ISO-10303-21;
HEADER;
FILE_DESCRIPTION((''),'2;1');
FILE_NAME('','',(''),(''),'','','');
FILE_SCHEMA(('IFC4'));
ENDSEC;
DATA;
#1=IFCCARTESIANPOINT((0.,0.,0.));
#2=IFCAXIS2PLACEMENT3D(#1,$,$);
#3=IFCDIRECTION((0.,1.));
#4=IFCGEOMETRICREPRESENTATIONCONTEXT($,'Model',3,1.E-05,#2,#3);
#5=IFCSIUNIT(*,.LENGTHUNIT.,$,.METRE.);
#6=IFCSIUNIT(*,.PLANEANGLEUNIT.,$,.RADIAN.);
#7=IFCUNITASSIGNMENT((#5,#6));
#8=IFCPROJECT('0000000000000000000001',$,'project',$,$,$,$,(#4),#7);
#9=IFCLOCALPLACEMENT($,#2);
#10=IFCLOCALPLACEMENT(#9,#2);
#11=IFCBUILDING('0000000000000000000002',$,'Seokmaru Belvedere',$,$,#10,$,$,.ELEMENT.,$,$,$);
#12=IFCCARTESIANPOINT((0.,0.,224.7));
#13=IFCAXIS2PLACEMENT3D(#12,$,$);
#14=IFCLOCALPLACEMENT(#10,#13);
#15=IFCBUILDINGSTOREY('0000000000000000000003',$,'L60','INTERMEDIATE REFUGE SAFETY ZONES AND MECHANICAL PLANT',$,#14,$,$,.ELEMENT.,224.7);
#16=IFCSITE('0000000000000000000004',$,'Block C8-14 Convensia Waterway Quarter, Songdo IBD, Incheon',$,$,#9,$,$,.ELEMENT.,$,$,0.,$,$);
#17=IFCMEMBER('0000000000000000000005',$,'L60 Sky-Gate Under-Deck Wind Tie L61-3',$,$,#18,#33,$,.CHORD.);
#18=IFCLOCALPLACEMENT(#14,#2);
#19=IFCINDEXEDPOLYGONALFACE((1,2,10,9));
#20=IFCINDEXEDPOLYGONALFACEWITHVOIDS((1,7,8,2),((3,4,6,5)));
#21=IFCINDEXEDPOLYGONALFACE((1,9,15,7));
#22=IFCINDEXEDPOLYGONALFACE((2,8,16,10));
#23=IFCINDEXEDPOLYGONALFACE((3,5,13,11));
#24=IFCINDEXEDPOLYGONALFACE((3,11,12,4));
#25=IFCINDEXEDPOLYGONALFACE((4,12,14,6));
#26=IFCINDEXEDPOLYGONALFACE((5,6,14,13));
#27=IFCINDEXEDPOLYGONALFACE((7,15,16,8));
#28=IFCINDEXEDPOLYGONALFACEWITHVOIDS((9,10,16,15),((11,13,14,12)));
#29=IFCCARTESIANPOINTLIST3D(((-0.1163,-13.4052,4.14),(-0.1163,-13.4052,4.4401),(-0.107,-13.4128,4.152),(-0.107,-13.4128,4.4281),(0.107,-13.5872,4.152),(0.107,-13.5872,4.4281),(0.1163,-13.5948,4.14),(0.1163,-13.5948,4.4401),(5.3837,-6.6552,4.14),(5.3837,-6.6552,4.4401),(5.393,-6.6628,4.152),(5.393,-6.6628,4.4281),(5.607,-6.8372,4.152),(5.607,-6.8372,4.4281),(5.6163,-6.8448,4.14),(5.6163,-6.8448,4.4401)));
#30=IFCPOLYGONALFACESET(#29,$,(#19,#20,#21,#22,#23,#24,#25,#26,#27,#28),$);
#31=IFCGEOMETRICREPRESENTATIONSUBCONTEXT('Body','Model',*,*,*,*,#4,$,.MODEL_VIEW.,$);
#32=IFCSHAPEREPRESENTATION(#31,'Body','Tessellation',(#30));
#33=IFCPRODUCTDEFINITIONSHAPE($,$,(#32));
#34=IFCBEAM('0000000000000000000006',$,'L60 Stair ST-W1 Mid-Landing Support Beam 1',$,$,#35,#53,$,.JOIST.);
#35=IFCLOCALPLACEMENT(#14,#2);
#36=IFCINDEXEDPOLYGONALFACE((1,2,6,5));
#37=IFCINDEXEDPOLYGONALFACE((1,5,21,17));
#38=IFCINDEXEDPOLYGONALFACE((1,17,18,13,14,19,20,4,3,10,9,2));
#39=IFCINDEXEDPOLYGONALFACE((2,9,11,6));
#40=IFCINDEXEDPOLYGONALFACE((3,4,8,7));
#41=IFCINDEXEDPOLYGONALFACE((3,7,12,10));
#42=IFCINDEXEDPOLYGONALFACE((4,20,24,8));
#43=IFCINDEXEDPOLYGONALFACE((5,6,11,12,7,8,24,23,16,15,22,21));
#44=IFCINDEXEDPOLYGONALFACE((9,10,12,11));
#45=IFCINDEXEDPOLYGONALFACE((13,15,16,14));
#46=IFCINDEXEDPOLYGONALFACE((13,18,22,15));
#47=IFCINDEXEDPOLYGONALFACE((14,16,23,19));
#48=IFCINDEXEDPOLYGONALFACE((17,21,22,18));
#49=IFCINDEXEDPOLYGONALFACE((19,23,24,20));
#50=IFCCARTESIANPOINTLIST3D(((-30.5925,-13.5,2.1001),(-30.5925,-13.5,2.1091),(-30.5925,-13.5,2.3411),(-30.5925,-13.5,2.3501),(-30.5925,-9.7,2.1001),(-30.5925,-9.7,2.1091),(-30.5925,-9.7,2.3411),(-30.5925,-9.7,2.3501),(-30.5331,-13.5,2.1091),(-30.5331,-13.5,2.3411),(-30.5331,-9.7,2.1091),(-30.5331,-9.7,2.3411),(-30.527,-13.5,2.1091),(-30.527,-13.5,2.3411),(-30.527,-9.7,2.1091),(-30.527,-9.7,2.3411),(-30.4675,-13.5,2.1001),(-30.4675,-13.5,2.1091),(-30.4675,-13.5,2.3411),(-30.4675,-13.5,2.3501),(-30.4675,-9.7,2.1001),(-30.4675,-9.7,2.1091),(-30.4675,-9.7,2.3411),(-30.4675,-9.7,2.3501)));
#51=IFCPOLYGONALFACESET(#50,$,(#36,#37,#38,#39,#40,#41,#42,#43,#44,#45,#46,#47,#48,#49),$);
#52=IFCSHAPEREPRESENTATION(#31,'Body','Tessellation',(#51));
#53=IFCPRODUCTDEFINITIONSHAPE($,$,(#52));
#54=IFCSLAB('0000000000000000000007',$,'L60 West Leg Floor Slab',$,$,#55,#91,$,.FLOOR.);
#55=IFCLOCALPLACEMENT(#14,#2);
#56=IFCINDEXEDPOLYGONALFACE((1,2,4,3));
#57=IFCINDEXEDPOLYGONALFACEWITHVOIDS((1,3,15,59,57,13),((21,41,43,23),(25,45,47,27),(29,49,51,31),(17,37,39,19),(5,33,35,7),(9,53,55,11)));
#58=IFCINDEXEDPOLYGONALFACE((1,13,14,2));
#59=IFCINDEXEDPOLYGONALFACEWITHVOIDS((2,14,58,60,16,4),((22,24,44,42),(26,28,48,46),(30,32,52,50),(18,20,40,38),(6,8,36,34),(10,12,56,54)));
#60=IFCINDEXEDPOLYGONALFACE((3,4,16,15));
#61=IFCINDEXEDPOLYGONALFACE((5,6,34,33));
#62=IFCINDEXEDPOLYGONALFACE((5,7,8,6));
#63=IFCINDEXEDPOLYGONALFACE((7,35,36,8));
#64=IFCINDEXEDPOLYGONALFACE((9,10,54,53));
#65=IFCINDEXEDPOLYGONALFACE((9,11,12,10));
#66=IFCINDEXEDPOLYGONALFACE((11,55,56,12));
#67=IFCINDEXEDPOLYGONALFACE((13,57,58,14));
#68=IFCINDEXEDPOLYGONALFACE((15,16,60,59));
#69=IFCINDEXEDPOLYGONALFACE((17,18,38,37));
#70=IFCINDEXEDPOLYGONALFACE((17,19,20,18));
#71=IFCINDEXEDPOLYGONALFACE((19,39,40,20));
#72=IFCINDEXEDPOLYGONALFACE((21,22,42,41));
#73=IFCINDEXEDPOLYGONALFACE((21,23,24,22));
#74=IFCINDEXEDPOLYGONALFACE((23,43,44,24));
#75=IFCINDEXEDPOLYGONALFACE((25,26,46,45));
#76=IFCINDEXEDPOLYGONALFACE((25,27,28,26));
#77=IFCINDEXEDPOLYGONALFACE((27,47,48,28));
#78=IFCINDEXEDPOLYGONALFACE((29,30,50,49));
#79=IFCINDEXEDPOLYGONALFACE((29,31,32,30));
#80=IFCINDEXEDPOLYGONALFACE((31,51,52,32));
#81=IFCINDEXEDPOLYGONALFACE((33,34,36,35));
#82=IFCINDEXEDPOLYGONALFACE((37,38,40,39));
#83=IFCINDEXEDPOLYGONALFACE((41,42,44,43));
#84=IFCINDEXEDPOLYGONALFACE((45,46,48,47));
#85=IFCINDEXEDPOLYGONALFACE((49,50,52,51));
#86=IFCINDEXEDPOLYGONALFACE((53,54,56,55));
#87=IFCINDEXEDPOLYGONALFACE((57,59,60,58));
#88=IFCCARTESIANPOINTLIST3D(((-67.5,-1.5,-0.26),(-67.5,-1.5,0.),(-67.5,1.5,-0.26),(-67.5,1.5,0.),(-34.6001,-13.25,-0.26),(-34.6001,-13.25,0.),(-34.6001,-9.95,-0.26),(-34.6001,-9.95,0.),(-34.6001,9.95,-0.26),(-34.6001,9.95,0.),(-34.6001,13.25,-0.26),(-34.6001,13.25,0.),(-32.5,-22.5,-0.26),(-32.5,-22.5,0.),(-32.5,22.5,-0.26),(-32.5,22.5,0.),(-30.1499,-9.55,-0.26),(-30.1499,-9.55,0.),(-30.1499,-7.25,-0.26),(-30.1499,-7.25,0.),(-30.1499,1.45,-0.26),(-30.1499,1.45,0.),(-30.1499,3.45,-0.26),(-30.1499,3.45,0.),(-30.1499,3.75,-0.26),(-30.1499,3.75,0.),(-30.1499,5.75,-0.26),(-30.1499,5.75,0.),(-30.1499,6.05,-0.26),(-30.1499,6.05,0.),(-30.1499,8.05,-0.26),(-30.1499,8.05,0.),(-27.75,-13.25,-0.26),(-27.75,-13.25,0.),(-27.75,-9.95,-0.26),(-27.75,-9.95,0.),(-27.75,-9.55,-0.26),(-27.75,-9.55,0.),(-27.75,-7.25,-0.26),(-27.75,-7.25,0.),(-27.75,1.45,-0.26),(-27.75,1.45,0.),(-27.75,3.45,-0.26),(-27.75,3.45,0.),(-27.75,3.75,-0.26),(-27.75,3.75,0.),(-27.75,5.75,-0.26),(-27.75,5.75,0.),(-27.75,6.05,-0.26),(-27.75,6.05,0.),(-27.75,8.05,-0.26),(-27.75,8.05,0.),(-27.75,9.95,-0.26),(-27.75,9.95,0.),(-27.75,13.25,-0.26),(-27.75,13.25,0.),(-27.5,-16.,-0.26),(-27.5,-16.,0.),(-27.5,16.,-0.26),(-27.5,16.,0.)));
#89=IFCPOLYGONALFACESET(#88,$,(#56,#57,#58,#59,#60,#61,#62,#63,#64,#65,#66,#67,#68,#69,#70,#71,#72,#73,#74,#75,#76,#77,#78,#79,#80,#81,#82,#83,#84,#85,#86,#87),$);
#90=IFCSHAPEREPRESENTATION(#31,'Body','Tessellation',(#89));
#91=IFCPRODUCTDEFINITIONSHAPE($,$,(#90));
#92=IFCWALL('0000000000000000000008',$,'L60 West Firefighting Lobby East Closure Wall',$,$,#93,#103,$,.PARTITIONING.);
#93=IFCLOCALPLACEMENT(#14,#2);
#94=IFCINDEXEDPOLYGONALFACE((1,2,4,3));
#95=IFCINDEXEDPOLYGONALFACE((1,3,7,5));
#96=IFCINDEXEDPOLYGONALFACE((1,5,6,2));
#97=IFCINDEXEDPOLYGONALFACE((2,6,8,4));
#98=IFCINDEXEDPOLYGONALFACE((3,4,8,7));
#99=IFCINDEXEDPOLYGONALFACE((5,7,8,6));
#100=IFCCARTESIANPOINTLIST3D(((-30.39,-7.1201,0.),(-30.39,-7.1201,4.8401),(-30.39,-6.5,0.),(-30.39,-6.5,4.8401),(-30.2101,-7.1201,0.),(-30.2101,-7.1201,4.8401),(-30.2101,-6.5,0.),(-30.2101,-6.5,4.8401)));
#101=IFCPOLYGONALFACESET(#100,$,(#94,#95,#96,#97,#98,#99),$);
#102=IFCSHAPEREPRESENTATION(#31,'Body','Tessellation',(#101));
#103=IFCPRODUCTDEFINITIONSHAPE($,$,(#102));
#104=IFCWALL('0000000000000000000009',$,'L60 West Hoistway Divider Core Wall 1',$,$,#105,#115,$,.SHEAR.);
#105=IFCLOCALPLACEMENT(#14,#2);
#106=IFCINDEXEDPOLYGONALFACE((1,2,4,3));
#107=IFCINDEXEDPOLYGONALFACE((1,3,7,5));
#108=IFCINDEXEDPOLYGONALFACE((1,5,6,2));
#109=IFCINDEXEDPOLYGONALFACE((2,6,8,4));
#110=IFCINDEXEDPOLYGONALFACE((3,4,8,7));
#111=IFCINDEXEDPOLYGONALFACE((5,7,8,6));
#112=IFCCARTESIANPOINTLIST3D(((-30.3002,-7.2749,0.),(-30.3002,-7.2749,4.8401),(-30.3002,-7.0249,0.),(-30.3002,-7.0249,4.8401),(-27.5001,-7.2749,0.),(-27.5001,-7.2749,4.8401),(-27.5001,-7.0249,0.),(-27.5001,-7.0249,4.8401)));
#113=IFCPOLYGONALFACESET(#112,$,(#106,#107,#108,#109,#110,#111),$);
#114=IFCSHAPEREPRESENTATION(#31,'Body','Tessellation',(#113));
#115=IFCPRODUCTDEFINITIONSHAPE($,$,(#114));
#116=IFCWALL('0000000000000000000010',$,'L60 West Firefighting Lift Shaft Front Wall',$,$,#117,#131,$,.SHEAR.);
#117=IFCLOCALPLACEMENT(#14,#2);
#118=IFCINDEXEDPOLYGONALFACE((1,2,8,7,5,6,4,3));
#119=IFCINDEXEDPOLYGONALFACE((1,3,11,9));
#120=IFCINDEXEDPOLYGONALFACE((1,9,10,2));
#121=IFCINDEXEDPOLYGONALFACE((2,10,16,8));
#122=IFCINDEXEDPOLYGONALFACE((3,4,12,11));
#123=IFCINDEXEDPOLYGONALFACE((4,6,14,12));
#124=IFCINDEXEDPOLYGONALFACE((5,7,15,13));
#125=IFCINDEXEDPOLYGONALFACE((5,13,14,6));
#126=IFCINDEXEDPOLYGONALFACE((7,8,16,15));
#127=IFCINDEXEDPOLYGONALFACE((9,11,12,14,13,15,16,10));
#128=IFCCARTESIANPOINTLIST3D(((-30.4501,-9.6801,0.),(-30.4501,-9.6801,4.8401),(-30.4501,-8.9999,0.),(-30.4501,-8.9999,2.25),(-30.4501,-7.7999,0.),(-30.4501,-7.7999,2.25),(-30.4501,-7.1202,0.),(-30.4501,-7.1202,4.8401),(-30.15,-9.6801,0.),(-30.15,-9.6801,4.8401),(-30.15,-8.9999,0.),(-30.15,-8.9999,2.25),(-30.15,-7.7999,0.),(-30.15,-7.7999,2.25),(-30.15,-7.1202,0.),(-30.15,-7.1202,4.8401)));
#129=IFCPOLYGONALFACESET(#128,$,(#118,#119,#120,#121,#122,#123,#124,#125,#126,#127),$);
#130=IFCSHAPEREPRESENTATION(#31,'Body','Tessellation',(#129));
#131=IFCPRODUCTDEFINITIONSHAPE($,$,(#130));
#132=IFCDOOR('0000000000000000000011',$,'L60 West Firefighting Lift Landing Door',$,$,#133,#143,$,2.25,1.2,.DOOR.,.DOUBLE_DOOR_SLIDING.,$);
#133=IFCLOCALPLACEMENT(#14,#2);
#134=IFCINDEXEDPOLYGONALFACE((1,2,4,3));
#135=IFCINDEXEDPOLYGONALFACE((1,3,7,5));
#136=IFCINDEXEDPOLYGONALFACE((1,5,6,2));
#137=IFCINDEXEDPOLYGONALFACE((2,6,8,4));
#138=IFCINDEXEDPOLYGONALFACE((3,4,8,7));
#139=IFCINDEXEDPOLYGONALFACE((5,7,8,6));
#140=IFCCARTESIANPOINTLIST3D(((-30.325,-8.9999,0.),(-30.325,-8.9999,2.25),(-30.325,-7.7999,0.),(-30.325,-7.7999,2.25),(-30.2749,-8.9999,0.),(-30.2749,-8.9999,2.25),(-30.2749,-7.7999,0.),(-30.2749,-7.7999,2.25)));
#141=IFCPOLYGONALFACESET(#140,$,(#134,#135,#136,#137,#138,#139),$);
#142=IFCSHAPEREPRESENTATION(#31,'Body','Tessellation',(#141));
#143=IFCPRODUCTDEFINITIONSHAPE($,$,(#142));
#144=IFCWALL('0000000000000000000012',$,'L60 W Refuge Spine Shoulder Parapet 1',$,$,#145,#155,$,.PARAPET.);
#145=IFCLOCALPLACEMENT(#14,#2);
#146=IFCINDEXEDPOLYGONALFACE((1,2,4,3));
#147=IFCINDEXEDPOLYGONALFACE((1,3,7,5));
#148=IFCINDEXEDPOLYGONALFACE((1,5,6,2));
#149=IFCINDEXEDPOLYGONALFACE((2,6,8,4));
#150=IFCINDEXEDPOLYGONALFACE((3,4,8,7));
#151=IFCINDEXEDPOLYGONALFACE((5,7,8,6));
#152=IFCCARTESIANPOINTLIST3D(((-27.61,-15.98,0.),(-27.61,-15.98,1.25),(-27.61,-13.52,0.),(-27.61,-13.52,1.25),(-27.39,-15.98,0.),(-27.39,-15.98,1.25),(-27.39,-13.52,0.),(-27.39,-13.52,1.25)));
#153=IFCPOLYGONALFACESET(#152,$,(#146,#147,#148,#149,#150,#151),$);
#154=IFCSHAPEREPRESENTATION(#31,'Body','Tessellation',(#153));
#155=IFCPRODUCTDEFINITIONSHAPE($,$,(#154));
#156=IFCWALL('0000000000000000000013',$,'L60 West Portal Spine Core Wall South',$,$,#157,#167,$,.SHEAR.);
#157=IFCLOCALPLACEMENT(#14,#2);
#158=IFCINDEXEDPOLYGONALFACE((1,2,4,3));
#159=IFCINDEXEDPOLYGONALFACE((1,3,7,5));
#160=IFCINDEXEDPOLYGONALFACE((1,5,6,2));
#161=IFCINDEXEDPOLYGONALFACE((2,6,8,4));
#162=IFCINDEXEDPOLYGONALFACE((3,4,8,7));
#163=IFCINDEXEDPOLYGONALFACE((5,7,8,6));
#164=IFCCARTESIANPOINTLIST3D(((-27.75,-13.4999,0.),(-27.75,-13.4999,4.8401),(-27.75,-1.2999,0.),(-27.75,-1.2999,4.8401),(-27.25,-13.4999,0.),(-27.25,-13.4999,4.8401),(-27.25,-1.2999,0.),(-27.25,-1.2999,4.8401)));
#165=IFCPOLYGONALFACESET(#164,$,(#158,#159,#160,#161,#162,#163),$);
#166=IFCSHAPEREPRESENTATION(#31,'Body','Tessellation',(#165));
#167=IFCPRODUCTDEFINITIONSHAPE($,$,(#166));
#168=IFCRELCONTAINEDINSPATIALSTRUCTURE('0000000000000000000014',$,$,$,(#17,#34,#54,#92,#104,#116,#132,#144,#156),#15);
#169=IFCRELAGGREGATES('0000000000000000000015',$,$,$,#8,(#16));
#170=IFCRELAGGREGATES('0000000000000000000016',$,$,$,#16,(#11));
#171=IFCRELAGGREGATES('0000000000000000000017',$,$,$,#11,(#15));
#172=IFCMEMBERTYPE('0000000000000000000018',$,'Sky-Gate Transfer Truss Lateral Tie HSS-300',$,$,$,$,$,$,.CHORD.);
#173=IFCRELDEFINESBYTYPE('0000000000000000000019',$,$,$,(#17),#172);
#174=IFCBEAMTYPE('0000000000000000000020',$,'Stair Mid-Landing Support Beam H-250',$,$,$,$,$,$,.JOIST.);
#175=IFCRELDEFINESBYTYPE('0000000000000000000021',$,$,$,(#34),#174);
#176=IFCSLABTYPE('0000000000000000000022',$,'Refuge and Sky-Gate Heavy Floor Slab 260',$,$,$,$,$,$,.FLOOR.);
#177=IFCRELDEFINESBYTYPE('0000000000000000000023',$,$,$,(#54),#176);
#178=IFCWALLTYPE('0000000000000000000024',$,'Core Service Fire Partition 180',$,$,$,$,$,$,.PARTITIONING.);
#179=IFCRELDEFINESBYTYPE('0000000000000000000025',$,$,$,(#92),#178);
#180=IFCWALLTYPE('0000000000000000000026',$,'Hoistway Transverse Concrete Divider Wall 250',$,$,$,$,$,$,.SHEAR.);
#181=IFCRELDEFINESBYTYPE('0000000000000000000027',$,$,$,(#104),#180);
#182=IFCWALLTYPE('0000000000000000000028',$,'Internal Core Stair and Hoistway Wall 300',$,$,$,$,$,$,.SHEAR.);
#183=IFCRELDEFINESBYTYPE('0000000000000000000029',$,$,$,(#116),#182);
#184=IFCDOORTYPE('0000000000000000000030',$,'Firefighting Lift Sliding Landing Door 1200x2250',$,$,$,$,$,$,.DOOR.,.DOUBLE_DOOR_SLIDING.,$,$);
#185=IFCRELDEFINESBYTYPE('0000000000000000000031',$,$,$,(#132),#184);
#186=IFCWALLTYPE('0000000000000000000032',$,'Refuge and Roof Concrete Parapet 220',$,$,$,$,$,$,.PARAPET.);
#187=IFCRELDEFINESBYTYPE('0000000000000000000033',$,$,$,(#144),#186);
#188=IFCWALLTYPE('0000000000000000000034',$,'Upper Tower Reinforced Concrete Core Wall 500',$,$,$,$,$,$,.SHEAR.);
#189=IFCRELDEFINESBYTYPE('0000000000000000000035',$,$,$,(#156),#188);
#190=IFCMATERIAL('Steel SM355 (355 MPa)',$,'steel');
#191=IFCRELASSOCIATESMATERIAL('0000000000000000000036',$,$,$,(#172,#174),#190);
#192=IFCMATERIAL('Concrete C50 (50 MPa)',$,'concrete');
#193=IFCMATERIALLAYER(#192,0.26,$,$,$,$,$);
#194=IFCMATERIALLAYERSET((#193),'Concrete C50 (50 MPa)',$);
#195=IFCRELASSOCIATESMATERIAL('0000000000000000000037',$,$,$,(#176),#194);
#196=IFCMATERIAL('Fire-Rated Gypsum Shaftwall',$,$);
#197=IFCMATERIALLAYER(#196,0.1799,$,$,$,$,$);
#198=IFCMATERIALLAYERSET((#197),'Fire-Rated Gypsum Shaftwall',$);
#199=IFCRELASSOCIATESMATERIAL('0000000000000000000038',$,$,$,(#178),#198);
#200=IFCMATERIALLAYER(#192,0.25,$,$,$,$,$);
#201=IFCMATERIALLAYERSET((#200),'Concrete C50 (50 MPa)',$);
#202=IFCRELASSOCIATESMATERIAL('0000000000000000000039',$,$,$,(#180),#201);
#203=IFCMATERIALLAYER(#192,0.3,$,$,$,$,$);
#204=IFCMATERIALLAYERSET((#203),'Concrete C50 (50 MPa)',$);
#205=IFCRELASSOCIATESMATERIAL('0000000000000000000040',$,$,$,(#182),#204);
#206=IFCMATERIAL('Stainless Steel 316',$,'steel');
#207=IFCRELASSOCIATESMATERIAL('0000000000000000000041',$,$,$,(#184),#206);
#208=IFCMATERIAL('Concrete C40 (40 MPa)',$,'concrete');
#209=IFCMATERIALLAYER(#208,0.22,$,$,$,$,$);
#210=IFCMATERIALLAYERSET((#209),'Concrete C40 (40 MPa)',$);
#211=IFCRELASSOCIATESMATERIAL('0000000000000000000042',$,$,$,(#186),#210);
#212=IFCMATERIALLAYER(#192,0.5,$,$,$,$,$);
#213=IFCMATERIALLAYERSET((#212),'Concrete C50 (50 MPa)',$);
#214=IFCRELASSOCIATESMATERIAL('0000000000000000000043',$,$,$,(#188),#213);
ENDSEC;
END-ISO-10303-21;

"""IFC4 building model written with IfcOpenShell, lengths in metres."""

from ifc_helpers import new_model, si_unit, direction, frame, frame_2d, origin, origin_2d, place, context, subcontext, project, spatial, polyline, rectangle, hollow_rectangle, i_section, outline, extrude, source, transform, mapped, material, layer, layer_set, material_profile, profile_set, type_object, type_shapes, element, fill, save


model = new_model("IFC4")

# Units and contexts
model_context = context("Model", 3, precision=1e-05, world=origin(), true_north=direction((0.0, 1.0)))
body_context = subcontext(model_context, "Body", "Model", "MODEL_VIEW")
ifc_project = project(units=[si_unit("LENGTHUNIT", "METRE"), si_unit("PLANEANGLEUNIT", "RADIAN")], contexts=[model_context])

# Site, building, storey
site_placement = place(None, origin())
site = spatial("IfcSite", under=ifc_project, at=site_placement, Name="Block C8-14 Convensia Waterway Quarter, Songdo IBD, Incheon", CompositionType="ELEMENT", RefElevation=0.0)
building_placement = place(site_placement, origin())
building = spatial("IfcBuilding", under=site, at=building_placement, Name="Seokmaru Belvedere", CompositionType="ELEMENT")
storey_placement = place(building_placement, frame((0.0, 0.0, 224.7)))
storey = spatial("IfcBuildingStorey", under=building, at=storey_placement, Name="L60", Description="INTERMEDIATE REFUGE SAFETY ZONES AND MECHANICAL PLANT", CompositionType="ELEMENT", Elevation=224.7)

# Shared definitions
ifc_material_1 = material(Name="Steel SM355 (355 MPa)", Category="steel")

# Member
ifc_material_profile_1 = material_profile(ifc_material_1, hollow_rectangle(XDim=0.3, YDim=0.3, WallThickness=0.012, at=origin_2d()), Name="HSS-300x300x12")
ifc_profile_set_1 = profile_set([ifc_material_profile_1], Name="Steel SM355 (355 MPa)")
member_type = type_object("IfcMemberType", Name="Sky-Gate Transfer Truss Lateral Tie HSS-300", PredefinedType="CHORD", material=ifc_profile_set_1)
shared_shape_1 = source(origin(), body_context, "Body", "SweptSolid", [
    extrude(hollow_rectangle(XDim=0.3, YDim=0.3, WallThickness=0.012, at=origin_2d()), origin(), (0.0, 0.0, 1.0), 8.707),
])
type_shapes(member_type, [shared_shape_1])
for number, where, z_axis, x_axis, name in (
    (1, (0.0, -13.5, 4.29), (0.631673, 0.775235, 0.0), (-0.775235, 0.631673, 0.0), "L60 Sky-Gate Under-Deck Wind Tie L61-3"),
):
    element("IfcMember", number, at=place(storey_placement, frame(where, z_axis=z_axis, x_axis=x_axis)), inside=storey, type_object=member_type, Name=name, PredefinedType="CHORD", context=body_context, shape_type="MappedRepresentation", body=[
        mapped(shared_shape_1, transform((0.0, 0.0, 0.0), scale=1.0)),
    ])

# Beam
ifc_material_profile_2 = material_profile(ifc_material_1, i_section(OverallWidth=0.125, OverallDepth=0.25, WebThickness=0.0061, FlangeThickness=0.009, at=origin_2d()), Name="H-250x125x6x9")
ifc_profile_set_2 = profile_set([ifc_material_profile_2], Name="Steel SM355 (355 MPa)")
beam_type_1 = type_object("IfcBeamType", Name="Stair Mid-Landing Support Beam H-250", PredefinedType="JOIST", material=ifc_profile_set_2)
shared_shape_2 = source(origin(), body_context, "Body", "SweptSolid", [
    extrude(i_section(OverallWidth=0.125, OverallDepth=0.25, WebThickness=0.0061, FlangeThickness=0.009, at=origin_2d()), origin(), (0.0, 0.0, 1.0), 3.8),
])
type_shapes(beam_type_1, [shared_shape_2])
beam_1_placement = place(storey_placement, frame((-30.53, -13.5, 2.2251), z_axis=(0.0, 1.0, 0.0), x_axis=(-1.0, 0.0, 0.0)))
element("IfcBeam", 2, at=beam_1_placement, inside=storey, type_object=beam_type_1, Name="L60 Stair ST-W1 Mid-Landing Support Beam 1", PredefinedType="JOIST", context=body_context, shape_type="MappedRepresentation", body=[
    mapped(shared_shape_2, transform((0.0, 0.0, 0.0), scale=1.0)),
])

# Slab
ifc_material_2 = material(Name="Concrete C50 (50 MPa)", Category="concrete")
ifc_layer_1 = layer(ifc_material_2, 0.26)
ifc_layer_set_1 = layer_set([ifc_layer_1], Name="Concrete C50 (50 MPa)")
slab_type = type_object("IfcSlabType", Name="Refuge and Sky-Gate Heavy Floor Slab 260", PredefinedType="FLOOR", material=ifc_layer_set_1)
slab_placement = place(storey_placement, frame((0.0, 0.0, -0.26)))
element("IfcSlab", 3, at=slab_placement, inside=storey, type_object=slab_type, Name="L60 West Leg Floor Slab", PredefinedType="FLOOR", context=body_context, shape_type="SweptSolid", body=[
    extrude(outline(polyline([(-27.5, -16.0), (-27.5, 16.0), (-32.5, 22.5), (-67.5, 1.5), (-67.5, -1.5), (-32.5, -22.5), (-27.5, -16.0)]), holes=[polyline([(-34.6001, -13.25), (-27.75, -13.25), (-27.75, -9.95), (-34.6001, -9.95), (-34.6001, -13.25)]), polyline([(-34.6001, 9.95), (-27.75, 9.95), (-27.75, 13.25), (-34.6001, 13.25), (-34.6001, 9.95)]), polyline([(-30.1499, -9.55), (-27.75, -9.55), (-27.75, -7.25), (-30.1499, -7.25), (-30.1499, -9.55)]), polyline([(-30.1499, 1.45), (-27.75, 1.45), (-27.75, 3.45), (-30.1499, 3.45), (-30.1499, 1.45)]), polyline([(-30.1499, 3.75), (-27.75, 3.75), (-27.75, 5.75), (-30.1499, 5.75), (-30.1499, 3.75)]), polyline([(-30.1499, 6.05), (-27.75, 6.05), (-27.75, 8.05), (-30.1499, 8.05), (-30.1499, 6.05)])]), origin(), (0.0, 0.0, 1.0), 0.26),
])

# Walls
ifc_material_3 = material(Name="Fire-Rated Gypsum Shaftwall")
ifc_layer_2 = layer(ifc_material_3, 0.1799)
ifc_layer_set_2 = layer_set([ifc_layer_2], Name="Fire-Rated Gypsum Shaftwall")
wall_type_1 = type_object("IfcWallType", Name="Core Service Fire Partition 180", PredefinedType="PARTITIONING", material=ifc_layer_set_2)
wall_1_placement = place(storey_placement, frame((-30.3, -7.1201, 0.0), z_axis=(0.0, 0.0, 1.0), x_axis=(0.0, 1.0, 0.0)))
element("IfcWall", 4, at=wall_1_placement, inside=storey, type_object=wall_type_1, Name="L60 West Firefighting Lobby East Closure Wall", PredefinedType="PARTITIONING", context=body_context, shape_type="SweptSolid", body=[
    extrude(rectangle(XDim=0.6201, YDim=0.1799, at=frame_2d((0.3101, 0.0))), origin(), (0.0, 0.0, 1.0), 4.8401),
])
ifc_layer_3 = layer(ifc_material_2, 0.25)
ifc_layer_set_3 = layer_set([ifc_layer_3], Name="Concrete C50 (50 MPa)")
wall_type_2 = type_object("IfcWallType", Name="Hoistway Transverse Concrete Divider Wall 250", PredefinedType="SHEAR", material=ifc_layer_set_3)
wall_2_placement = place(storey_placement, frame((-30.3, -7.1499, 0.0), z_axis=(0.0, 0.0, 1.0), x_axis=(1.0, 0.0, 0.0)))
element("IfcWall", 5, at=wall_2_placement, inside=storey, type_object=wall_type_2, Name="L60 West Hoistway Divider Core Wall 1", PredefinedType="SHEAR", context=body_context, shape_type="SweptSolid", body=[
    extrude(rectangle(XDim=2.8, YDim=0.25, at=frame_2d((1.3999, 0.0))), origin(), (0.0, 0.0, 1.0), 4.8401),
])

# Wall, opening, door
ifc_layer_4 = layer(ifc_material_2, 0.3)
ifc_layer_set_4 = layer_set([ifc_layer_4], Name="Concrete C50 (50 MPa)")
wall_type_3 = type_object("IfcWallType", Name="Internal Core Stair and Hoistway Wall 300", PredefinedType="SHEAR", material=ifc_layer_set_4)
wall_3_placement = place(storey_placement, frame((-30.3, -9.6799, 0.0), z_axis=(0.0, 0.0, 1.0), x_axis=(0.0, 1.0, 0.0)))
wall_3 = element("IfcWall", 6, at=wall_3_placement, inside=storey, type_object=wall_type_3, Name="L60 West Firefighting Lift Shaft Front Wall", PredefinedType="SHEAR", context=body_context, shape_type="SweptSolid", body=[
    extrude(rectangle(XDim=2.5598, YDim=0.3, at=frame_2d((1.2798, 0.0))), origin(), (0.0, 0.0, 1.0), 4.8401),
])
opening_placement = place(wall_3_placement, frame((0.6799, 0.0, 0.0)))
opening = element("IfcOpeningElement", 7, at=opening_placement, cuts=wall_3, PredefinedType="OPENING", context=body_context, shape_type="SweptSolid", body=[
    extrude(rectangle(XDim=1.2, YDim=2.25, at=frame_2d((0.6001, 1.125))), frame((0.0, 0.1602, 0.0), z_axis=(0.0, -1.0, 0.0), x_axis=(1.0, 0.0, 0.0)), (0.0, 0.0, 1.0), 0.3201),
])
ifc_material_4 = material(Name="Stainless Steel 316", Category="steel")
door_type = type_object("IfcDoorType", Name="Firefighting Lift Sliding Landing Door 1200x2250", OperationType="DOUBLE_DOOR_SLIDING", PredefinedType="DOOR", material=ifc_material_4)
shared_shape_3 = source(origin(), body_context, "Body", "SweptSolid", [
    extrude(rectangle(XDim=1.2, YDim=2.25, at=frame_2d((0.6001, 1.125))), frame((0.0, 0.0249, 0.0), z_axis=(0.0, -1.0, 0.0), x_axis=(1.0, 0.0, 0.0)), (0.0, 0.0, 1.0), 0.05),
])
type_shapes(door_type, [shared_shape_3])
door_placement = place(opening_placement, origin())
door = element("IfcDoor", 8, at=door_placement, inside=storey, type_object=door_type, Name="L60 West Firefighting Lift Landing Door", OperationType="DOUBLE_DOOR_SLIDING", OverallHeight=2.25, OverallWidth=1.2, PredefinedType="DOOR", context=body_context, shape_type="MappedRepresentation", body=[
    mapped(shared_shape_3, transform((0.0, 0.0, 0.0), scale=1.0)),
])
fill(opening, door)

# Walls
ifc_material_5 = material(Name="Concrete C40 (40 MPa)", Category="concrete")
ifc_layer_5 = layer(ifc_material_5, 0.22)
ifc_layer_set_5 = layer_set([ifc_layer_5], Name="Concrete C40 (40 MPa)")
wall_type_4 = type_object("IfcWallType", Name="Refuge and Roof Concrete Parapet 220", PredefinedType="PARAPET", material=ifc_layer_set_5)
wall_4_placement = place(storey_placement, frame((-27.5, -15.98, 0.0), z_axis=(0.0, 0.0, 1.0), x_axis=(0.0, 1.0, 0.0)))
element("IfcWall", 9, at=wall_4_placement, inside=storey, type_object=wall_type_4, Name="L60 W Refuge Spine Shoulder Parapet 1", PredefinedType="PARAPET", context=body_context, shape_type="SweptSolid", body=[
    extrude(rectangle(XDim=2.46, YDim=0.22, at=frame_2d((1.23, 0.0))), origin(), (0.0, 0.0, 1.0), 1.25),
])
ifc_layer_6 = layer(ifc_material_2, 0.5)
ifc_layer_set_6 = layer_set([ifc_layer_6], Name="Concrete C50 (50 MPa)")
wall_type_5 = type_object("IfcWallType", Name="Upper Tower Reinforced Concrete Core Wall 500", PredefinedType="SHEAR", material=ifc_layer_set_6)
wall_5_placement = place(storey_placement, frame((-27.5, -13.5, 0.0), z_axis=(0.0, 0.0, 1.0), x_axis=(0.0, 1.0, 0.0)))
element("IfcWall", 10, at=wall_5_placement, inside=storey, type_object=wall_type_5, Name="L60 West Portal Spine Core Wall South", PredefinedType="SHEAR", context=body_context, shape_type="SweptSolid", body=[
    extrude(rectangle(XDim=12.2, YDim=0.5, at=frame_2d((6.1001, 0.0))), origin(), (0.0, 0.0, 1.0), 4.8401),
])

save(model, "model.ifc")
